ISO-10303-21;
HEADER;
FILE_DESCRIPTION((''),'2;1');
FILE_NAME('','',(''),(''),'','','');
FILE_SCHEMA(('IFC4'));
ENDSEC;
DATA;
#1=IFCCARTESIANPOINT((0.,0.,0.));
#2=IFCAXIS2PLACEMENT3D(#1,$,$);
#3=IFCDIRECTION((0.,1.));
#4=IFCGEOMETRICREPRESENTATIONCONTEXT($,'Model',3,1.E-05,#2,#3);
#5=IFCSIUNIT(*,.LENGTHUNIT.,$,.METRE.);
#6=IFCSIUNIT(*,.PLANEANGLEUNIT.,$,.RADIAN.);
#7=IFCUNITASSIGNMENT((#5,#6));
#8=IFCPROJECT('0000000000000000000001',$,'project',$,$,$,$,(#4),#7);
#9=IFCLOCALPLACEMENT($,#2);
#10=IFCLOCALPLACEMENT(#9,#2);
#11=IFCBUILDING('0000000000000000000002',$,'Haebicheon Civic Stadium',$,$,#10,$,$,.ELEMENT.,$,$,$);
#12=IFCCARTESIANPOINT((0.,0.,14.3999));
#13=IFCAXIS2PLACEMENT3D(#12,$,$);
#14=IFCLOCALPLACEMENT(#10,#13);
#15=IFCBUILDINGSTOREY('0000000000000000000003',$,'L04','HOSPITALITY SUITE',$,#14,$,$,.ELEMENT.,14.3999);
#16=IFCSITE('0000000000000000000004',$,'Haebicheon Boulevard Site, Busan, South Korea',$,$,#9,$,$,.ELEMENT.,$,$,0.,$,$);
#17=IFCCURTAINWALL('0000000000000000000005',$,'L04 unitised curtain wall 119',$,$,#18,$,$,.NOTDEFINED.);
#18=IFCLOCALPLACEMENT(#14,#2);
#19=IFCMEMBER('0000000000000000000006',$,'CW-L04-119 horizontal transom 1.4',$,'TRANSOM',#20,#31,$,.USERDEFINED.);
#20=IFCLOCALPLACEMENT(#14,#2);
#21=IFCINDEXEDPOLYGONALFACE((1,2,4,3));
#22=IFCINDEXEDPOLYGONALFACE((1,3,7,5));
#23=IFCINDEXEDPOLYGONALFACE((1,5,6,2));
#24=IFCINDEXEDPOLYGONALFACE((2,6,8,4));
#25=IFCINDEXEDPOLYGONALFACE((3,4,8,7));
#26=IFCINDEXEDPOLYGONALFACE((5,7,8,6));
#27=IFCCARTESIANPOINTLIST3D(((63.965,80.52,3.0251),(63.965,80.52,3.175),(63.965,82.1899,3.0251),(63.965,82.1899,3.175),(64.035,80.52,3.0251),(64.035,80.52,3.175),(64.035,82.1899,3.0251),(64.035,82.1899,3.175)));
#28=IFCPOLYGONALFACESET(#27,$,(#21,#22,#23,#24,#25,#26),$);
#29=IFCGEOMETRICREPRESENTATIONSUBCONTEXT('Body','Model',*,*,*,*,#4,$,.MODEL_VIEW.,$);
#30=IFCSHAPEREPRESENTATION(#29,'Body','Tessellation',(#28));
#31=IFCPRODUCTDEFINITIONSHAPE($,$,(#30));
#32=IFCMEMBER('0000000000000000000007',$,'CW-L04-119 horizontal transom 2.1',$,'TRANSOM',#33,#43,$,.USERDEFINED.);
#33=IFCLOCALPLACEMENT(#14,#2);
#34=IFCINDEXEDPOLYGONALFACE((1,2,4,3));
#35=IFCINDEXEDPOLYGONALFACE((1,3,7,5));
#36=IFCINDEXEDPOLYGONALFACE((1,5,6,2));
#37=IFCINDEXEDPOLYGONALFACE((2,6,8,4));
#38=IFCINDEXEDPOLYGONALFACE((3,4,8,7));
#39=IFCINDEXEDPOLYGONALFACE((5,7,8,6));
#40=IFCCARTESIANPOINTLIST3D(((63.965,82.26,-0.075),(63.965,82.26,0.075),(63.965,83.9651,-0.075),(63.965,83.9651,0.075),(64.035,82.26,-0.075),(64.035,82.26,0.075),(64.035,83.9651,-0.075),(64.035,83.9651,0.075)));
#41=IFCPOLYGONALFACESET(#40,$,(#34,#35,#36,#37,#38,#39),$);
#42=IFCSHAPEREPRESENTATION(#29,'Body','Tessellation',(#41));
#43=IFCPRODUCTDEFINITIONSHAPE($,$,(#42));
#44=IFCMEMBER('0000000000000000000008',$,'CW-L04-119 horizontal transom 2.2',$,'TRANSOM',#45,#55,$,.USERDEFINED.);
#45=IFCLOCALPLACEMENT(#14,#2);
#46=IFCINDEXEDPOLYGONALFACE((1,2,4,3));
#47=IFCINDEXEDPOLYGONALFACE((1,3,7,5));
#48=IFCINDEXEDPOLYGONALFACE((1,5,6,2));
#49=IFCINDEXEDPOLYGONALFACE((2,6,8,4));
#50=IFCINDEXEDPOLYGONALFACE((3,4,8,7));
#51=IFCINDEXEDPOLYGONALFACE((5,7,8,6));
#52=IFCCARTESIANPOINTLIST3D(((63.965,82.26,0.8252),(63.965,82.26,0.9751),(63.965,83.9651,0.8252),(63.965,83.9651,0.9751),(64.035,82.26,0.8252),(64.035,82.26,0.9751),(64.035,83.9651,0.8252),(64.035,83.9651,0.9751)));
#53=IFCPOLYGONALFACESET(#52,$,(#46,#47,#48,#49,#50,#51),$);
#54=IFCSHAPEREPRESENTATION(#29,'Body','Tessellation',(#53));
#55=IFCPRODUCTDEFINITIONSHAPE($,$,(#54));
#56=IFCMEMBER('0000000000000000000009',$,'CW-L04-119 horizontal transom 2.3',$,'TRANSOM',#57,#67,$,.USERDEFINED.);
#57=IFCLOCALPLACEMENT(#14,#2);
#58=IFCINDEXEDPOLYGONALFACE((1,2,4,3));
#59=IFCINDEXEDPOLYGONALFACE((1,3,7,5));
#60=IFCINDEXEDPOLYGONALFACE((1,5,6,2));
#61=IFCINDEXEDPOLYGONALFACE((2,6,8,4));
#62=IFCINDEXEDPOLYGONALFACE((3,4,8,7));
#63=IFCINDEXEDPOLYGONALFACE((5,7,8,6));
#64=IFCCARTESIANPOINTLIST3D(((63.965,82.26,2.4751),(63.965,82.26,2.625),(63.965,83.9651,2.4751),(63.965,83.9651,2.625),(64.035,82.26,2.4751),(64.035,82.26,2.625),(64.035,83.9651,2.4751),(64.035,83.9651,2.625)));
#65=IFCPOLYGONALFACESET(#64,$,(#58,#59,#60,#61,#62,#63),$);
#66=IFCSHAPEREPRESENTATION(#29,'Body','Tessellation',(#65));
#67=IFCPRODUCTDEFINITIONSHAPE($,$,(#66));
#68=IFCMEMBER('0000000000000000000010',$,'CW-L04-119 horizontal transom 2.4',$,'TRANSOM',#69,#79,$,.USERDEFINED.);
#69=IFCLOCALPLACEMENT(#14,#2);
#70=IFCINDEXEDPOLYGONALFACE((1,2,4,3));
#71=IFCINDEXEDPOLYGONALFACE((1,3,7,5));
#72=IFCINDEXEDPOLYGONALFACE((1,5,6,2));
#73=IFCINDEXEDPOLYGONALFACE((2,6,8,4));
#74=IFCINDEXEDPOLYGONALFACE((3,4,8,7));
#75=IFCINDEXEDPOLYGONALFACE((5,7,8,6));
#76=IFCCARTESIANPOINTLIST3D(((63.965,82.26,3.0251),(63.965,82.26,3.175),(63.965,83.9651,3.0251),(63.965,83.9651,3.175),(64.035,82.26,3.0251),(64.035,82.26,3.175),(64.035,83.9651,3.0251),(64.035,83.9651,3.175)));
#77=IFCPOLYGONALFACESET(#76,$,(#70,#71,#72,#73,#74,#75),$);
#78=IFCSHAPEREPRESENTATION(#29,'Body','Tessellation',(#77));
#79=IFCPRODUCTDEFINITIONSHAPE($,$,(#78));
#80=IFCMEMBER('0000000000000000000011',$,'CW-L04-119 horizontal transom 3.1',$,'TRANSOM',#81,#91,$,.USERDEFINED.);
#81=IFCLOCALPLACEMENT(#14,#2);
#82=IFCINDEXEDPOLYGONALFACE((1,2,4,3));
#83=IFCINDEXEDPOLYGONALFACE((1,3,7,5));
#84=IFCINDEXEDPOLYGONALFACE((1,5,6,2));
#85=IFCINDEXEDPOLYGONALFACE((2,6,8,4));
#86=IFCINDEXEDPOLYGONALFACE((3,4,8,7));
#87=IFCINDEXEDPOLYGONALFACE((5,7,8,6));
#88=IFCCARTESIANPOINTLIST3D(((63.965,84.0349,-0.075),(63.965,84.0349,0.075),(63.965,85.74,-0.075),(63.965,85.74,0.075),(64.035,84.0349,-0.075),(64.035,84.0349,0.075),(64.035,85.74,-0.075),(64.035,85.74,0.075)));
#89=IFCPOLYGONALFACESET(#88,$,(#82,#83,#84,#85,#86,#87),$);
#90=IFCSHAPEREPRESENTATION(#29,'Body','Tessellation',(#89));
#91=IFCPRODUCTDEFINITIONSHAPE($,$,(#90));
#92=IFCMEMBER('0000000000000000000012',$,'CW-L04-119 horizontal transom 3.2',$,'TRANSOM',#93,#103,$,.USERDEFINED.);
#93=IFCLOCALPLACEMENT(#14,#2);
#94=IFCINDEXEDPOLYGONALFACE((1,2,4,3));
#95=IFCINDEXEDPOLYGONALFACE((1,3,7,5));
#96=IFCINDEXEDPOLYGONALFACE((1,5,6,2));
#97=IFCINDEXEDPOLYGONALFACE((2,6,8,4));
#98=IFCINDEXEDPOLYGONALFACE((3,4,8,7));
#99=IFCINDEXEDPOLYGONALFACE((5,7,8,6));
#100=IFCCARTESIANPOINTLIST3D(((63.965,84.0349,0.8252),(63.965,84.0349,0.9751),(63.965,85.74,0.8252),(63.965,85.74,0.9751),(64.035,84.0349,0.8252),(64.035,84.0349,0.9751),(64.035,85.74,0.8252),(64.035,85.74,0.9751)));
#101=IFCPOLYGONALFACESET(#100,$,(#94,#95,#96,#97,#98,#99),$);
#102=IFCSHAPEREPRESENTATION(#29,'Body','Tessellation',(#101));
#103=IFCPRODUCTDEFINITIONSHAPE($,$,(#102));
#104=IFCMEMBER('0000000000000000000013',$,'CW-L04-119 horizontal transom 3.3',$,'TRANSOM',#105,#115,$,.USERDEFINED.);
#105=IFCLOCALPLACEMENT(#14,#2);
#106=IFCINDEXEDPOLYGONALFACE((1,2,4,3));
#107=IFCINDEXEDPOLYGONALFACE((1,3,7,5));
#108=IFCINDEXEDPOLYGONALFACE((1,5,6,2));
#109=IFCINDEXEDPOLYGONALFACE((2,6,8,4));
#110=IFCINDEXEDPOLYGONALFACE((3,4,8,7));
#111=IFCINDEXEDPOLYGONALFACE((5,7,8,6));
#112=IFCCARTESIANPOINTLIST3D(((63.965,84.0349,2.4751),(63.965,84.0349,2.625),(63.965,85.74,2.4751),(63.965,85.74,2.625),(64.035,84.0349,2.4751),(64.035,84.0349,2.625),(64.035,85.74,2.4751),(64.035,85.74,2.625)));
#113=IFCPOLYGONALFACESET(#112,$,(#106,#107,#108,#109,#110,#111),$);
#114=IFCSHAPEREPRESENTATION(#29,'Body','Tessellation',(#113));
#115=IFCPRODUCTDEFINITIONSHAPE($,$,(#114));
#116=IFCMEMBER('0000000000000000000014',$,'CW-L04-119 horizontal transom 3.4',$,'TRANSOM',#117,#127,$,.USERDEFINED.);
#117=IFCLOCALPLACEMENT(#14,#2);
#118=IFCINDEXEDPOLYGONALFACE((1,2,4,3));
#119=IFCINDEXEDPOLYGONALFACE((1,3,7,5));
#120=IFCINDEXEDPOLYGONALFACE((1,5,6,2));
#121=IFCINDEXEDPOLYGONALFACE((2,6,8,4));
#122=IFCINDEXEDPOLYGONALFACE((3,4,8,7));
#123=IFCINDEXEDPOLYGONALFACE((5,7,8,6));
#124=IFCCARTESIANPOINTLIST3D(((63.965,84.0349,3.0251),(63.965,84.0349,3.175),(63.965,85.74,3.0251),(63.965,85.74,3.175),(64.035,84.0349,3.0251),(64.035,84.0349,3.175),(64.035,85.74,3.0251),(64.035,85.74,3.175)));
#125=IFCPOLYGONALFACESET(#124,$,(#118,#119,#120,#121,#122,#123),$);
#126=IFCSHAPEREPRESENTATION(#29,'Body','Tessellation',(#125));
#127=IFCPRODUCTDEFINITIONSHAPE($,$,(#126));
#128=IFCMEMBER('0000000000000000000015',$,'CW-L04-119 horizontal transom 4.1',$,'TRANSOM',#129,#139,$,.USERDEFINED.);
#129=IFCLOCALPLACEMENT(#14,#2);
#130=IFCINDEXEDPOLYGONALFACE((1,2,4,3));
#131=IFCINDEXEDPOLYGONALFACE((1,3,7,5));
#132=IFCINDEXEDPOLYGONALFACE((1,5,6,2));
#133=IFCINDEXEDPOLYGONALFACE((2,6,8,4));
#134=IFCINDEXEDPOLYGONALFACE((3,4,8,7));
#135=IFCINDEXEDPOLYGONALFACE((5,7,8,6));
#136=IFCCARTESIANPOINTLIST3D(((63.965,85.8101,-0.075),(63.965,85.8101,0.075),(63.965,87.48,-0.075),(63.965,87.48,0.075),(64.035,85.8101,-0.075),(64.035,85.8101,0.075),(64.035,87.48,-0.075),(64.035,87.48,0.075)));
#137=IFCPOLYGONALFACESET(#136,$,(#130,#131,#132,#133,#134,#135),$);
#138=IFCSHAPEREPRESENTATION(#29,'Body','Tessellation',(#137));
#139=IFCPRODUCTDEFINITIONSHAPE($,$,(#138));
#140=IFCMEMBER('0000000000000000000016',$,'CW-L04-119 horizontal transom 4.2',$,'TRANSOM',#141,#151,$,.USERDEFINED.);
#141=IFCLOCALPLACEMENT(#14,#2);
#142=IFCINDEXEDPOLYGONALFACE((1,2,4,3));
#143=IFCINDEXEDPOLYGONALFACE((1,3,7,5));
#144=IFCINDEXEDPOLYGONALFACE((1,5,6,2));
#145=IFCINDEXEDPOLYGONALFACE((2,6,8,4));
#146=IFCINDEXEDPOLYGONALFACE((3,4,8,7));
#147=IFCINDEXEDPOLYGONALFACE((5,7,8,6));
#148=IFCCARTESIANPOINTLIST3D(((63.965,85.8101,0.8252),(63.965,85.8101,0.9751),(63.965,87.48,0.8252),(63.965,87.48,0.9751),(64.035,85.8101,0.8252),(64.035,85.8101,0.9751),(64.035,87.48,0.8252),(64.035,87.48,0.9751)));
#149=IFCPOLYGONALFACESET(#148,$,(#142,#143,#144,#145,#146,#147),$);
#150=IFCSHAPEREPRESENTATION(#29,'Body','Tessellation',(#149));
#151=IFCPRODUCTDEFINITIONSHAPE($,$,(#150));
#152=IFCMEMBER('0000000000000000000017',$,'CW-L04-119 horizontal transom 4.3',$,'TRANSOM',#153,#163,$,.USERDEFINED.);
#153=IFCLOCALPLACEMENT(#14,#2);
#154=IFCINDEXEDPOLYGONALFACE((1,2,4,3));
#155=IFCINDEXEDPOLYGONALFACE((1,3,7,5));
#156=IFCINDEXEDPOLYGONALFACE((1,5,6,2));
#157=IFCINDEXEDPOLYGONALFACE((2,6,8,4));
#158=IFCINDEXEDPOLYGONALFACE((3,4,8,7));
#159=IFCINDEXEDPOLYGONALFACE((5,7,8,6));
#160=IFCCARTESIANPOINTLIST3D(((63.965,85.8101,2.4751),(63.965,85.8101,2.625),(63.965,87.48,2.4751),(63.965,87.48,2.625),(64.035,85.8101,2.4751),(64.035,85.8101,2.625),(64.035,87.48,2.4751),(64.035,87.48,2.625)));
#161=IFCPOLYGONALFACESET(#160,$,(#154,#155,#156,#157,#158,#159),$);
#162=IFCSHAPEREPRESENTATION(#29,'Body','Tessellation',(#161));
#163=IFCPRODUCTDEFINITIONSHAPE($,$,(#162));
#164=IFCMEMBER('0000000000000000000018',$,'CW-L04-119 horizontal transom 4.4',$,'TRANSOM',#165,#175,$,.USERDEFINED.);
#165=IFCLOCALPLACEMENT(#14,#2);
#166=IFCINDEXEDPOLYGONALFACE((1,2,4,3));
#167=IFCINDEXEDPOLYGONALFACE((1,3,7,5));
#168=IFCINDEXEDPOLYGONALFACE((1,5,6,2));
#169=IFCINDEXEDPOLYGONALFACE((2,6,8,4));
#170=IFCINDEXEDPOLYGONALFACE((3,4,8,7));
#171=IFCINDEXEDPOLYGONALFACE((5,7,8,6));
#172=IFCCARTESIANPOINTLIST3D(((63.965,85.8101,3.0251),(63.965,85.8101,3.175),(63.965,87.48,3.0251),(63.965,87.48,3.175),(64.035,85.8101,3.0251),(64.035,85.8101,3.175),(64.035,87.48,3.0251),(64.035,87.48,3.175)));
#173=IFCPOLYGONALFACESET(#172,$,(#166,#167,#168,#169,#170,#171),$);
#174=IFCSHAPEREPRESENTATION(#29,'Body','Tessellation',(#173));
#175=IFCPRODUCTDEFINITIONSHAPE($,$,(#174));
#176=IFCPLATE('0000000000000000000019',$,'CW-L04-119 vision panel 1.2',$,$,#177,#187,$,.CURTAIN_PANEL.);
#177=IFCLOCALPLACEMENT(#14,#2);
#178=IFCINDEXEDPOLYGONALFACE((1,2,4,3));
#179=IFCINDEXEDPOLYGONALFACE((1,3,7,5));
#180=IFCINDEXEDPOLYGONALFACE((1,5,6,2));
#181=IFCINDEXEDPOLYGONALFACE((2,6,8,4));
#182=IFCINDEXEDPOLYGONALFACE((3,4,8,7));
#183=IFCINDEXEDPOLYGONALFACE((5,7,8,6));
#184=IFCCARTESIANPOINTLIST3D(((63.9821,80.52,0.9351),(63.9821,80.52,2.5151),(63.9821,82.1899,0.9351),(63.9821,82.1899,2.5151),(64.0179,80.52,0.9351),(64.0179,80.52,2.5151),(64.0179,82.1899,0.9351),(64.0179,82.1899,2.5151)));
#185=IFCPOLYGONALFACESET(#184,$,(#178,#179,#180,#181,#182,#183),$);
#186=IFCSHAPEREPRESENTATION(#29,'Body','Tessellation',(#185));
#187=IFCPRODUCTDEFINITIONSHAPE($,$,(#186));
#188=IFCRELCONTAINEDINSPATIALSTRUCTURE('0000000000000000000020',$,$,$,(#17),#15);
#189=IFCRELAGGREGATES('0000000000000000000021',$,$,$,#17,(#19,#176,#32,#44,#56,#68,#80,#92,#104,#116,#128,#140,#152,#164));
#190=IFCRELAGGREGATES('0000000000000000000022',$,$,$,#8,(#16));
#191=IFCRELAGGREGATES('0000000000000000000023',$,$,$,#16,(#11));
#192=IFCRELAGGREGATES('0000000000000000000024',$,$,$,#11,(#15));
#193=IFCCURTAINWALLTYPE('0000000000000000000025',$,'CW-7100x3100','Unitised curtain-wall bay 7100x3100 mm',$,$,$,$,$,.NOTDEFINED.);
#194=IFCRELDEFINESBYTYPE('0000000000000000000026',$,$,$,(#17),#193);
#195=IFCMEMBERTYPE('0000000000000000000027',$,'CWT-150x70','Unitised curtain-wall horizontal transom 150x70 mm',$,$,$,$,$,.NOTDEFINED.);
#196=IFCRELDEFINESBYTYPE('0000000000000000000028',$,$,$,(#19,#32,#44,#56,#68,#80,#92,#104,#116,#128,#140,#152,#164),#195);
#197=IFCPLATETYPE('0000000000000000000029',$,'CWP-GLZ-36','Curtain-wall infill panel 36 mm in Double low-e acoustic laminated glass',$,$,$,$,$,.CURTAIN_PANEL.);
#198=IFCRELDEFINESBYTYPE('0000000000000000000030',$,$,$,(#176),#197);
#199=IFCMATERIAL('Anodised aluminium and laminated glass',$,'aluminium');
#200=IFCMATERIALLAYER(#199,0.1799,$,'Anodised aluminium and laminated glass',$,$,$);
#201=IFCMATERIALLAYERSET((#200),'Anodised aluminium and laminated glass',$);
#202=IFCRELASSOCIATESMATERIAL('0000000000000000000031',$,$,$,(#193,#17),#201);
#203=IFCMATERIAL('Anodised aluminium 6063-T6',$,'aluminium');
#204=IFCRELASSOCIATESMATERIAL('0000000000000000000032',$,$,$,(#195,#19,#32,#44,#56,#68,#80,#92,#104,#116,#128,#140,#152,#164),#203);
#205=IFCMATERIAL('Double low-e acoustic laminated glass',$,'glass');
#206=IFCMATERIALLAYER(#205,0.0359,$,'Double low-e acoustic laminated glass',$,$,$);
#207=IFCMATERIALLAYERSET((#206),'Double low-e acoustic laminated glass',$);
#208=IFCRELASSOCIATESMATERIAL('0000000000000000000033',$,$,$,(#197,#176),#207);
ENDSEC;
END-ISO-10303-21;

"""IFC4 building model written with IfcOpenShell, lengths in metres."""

from ifc_helpers import new_model, si_unit, direction, frame, origin, origin_2d, place, context, subcontext, project, spatial, rectangle, extrude, material, layer, layer_set, material_profile, profile_set, type_object, element, aggregate, save


model = new_model("IFC4")

# Units and contexts
model_context = context("Model", 3, precision=1e-05, world=origin(), true_north=direction((0.0, 1.0)))
body_context = subcontext(model_context, "Body", "Model", "MODEL_VIEW")
ifc_project = project(units=[si_unit("LENGTHUNIT", "METRE"), si_unit("PLANEANGLEUNIT", "RADIAN")], contexts=[model_context])

# Site, building, storey
site_placement = place(None, origin())
site = spatial("IfcSite", under=ifc_project, at=site_placement, Name="Haebicheon Boulevard Site, Busan, South Korea", CompositionType="ELEMENT", RefElevation=0.0)
building_placement = place(site_placement, origin())
building = spatial("IfcBuilding", under=site, at=building_placement, Name="Haebicheon Civic Stadium", CompositionType="ELEMENT")
storey_placement = place(building_placement, frame((0.0, 0.0, 14.3999)))
storey = spatial("IfcBuildingStorey", under=building, at=storey_placement, Name="L04", Description="HOSPITALITY SUITE", CompositionType="ELEMENT", Elevation=14.3999)

# Curtain wall, members, plate
ifc_material_1 = material(Name="Anodised aluminium and laminated glass", Category="aluminium")
ifc_layer_1 = layer(ifc_material_1, 0.1799, Name="Anodised aluminium and laminated glass")
ifc_layer_set_1 = layer_set([ifc_layer_1], Name="Anodised aluminium and laminated glass")
curtain_wall_type = type_object("IfcCurtainWallType", Name="CW-7100x3100", Description="Unitised curtain-wall bay 7100x3100 mm", PredefinedType="NOTDEFINED", material=ifc_layer_set_1)
curtain_wall_placement = place(storey_placement, origin())
curtain_wall = element("IfcCurtainWall", 1, at=curtain_wall_placement, inside=storey, type_object=curtain_wall_type, material=ifc_layer_set_1, Name="L04 unitised curtain wall 119", PredefinedType="NOTDEFINED")
ifc_material_2 = material(Name="Anodised aluminium 6063-T6", Category="aluminium")
ifc_material_profile_1 = material_profile(ifc_material_2, rectangle(XDim=0.0701, YDim=0.1499, at=origin_2d()), Name="ALU-TRAN-70x150")
ifc_profile_set_1 = profile_set([ifc_material_profile_1], Name="Anodised aluminium 6063-T6")
member_type_1 = type_object("IfcMemberType", Name="CWT-150x70", Description="Unitised curtain-wall horizontal transom 150x70 mm", PredefinedType="NOTDEFINED", material=ifc_profile_set_1)
member_1_placement = place(storey_placement, frame((64.0, 80.52, 3.1001), z_axis=(0.0, 1.0, 0.0), x_axis=(-1.0, 0.0, 0.0)))
member_1 = element("IfcMember", 2, at=member_1_placement, type_object=member_type_1, material=ifc_profile_set_1, Name="CW-L04-119 horizontal transom 1.4", ObjectType="TRANSOM", PredefinedType="USERDEFINED", context=body_context, shape_type="SweptSolid", body=[
    extrude(rectangle(XDim=0.0701, YDim=0.1499, at=origin_2d()), origin(), (0.0, 0.0, 1.0), 1.6699),
])
member_2_placement = place(storey_placement, frame((64.0, 82.26, 0.0), z_axis=(0.0, 1.0, 0.0), x_axis=(-1.0, 0.0, 0.0)))
member_2 = element("IfcMember", 3, at=member_2_placement, type_object=member_type_1, material=ifc_profile_set_1, Name="CW-L04-119 horizontal transom 2.1", ObjectType="TRANSOM", PredefinedType="USERDEFINED", context=body_context, shape_type="SweptSolid", body=[
    extrude(rectangle(XDim=0.0701, YDim=0.1499, at=origin_2d()), origin(), (0.0, 0.0, 1.0), 1.7051),
])
member_3_placement = place(storey_placement, frame((64.0, 82.26, 0.9001), z_axis=(0.0, 1.0, 0.0), x_axis=(-1.0, 0.0, 0.0)))
member_3 = element("IfcMember", 4, at=member_3_placement, type_object=member_type_1, material=ifc_profile_set_1, Name="CW-L04-119 horizontal transom 2.2", ObjectType="TRANSOM", PredefinedType="USERDEFINED", context=body_context, shape_type="SweptSolid", body=[
    extrude(rectangle(XDim=0.0701, YDim=0.1499, at=origin_2d()), origin(), (0.0, 0.0, 1.0), 1.7051),
])
member_4_placement = place(storey_placement, frame((64.0, 82.26, 2.55), z_axis=(0.0, 1.0, 0.0), x_axis=(-1.0, 0.0, 0.0)))
member_4 = element("IfcMember", 5, at=member_4_placement, type_object=member_type_1, material=ifc_profile_set_1, Name="CW-L04-119 horizontal transom 2.3", ObjectType="TRANSOM", PredefinedType="USERDEFINED", context=body_context, shape_type="SweptSolid", body=[
    extrude(rectangle(XDim=0.0701, YDim=0.1499, at=origin_2d()), origin(), (0.0, 0.0, 1.0), 1.7051),
])
member_5_placement = place(storey_placement, frame((64.0, 82.26, 3.1001), z_axis=(0.0, 1.0, 0.0), x_axis=(-1.0, 0.0, 0.0)))
member_5 = element("IfcMember", 6, at=member_5_placement, type_object=member_type_1, material=ifc_profile_set_1, Name="CW-L04-119 horizontal transom 2.4", ObjectType="TRANSOM", PredefinedType="USERDEFINED", context=body_context, shape_type="SweptSolid", body=[
    extrude(rectangle(XDim=0.0701, YDim=0.1499, at=origin_2d()), origin(), (0.0, 0.0, 1.0), 1.7051),
])
member_6_placement = place(storey_placement, frame((64.0, 84.0349, 0.0), z_axis=(0.0, 1.0, 0.0), x_axis=(-1.0, 0.0, 0.0)))
member_6 = element("IfcMember", 7, at=member_6_placement, type_object=member_type_1, material=ifc_profile_set_1, Name="CW-L04-119 horizontal transom 3.1", ObjectType="TRANSOM", PredefinedType="USERDEFINED", context=body_context, shape_type="SweptSolid", body=[
    extrude(rectangle(XDim=0.0701, YDim=0.1499, at=origin_2d()), origin(), (0.0, 0.0, 1.0), 1.7051),
])
member_7_placement = place(storey_placement, frame((64.0, 84.0349, 0.9001), z_axis=(0.0, 1.0, 0.0), x_axis=(-1.0, 0.0, 0.0)))
member_7 = element("IfcMember", 8, at=member_7_placement, type_object=member_type_1, material=ifc_profile_set_1, Name="CW-L04-119 horizontal transom 3.2", ObjectType="TRANSOM", PredefinedType="USERDEFINED", context=body_context, shape_type="SweptSolid", body=[
    extrude(rectangle(XDim=0.0701, YDim=0.1499, at=origin_2d()), origin(), (0.0, 0.0, 1.0), 1.7051),
])
member_8_placement = place(storey_placement, frame((64.0, 84.0349, 2.55), z_axis=(0.0, 1.0, 0.0), x_axis=(-1.0, 0.0, 0.0)))
member_8 = element("IfcMember", 9, at=member_8_placement, type_object=member_type_1, material=ifc_profile_set_1, Name="CW-L04-119 horizontal transom 3.3", ObjectType="TRANSOM", PredefinedType="USERDEFINED", context=body_context, shape_type="SweptSolid", body=[
    extrude(rectangle(XDim=0.0701, YDim=0.1499, at=origin_2d()), origin(), (0.0, 0.0, 1.0), 1.7051),
])
member_9_placement = place(storey_placement, frame((64.0, 84.0349, 3.1001), z_axis=(0.0, 1.0, 0.0), x_axis=(-1.0, 0.0, 0.0)))
member_9 = element("IfcMember", 10, at=member_9_placement, type_object=member_type_1, material=ifc_profile_set_1, Name="CW-L04-119 horizontal transom 3.4", ObjectType="TRANSOM", PredefinedType="USERDEFINED", context=body_context, shape_type="SweptSolid", body=[
    extrude(rectangle(XDim=0.0701, YDim=0.1499, at=origin_2d()), origin(), (0.0, 0.0, 1.0), 1.7051),
])
member_10_placement = place(storey_placement, frame((64.0, 85.8101, 0.0), z_axis=(0.0, 1.0, 0.0), x_axis=(-1.0, 0.0, 0.0)))
member_10 = element("IfcMember", 11, at=member_10_placement, type_object=member_type_1, material=ifc_profile_set_1, Name="CW-L04-119 horizontal transom 4.1", ObjectType="TRANSOM", PredefinedType="USERDEFINED", context=body_context, shape_type="SweptSolid", body=[
    extrude(rectangle(XDim=0.0701, YDim=0.1499, at=origin_2d()), origin(), (0.0, 0.0, 1.0), 1.6699),
])
member_11_placement = place(storey_placement, frame((64.0, 85.8101, 0.9001), z_axis=(0.0, 1.0, 0.0), x_axis=(-1.0, 0.0, 0.0)))
member_11 = element("IfcMember", 12, at=member_11_placement, type_object=member_type_1, material=ifc_profile_set_1, Name="CW-L04-119 horizontal transom 4.2", ObjectType="TRANSOM", PredefinedType="USERDEFINED", context=body_context, shape_type="SweptSolid", body=[
    extrude(rectangle(XDim=0.0701, YDim=0.1499, at=origin_2d()), origin(), (0.0, 0.0, 1.0), 1.6699),
])
member_12_placement = place(storey_placement, frame((64.0, 85.8101, 2.55), z_axis=(0.0, 1.0, 0.0), x_axis=(-1.0, 0.0, 0.0)))
member_12 = element("IfcMember", 13, at=member_12_placement, type_object=member_type_1, material=ifc_profile_set_1, Name="CW-L04-119 horizontal transom 4.3", ObjectType="TRANSOM", PredefinedType="USERDEFINED", context=body_context, shape_type="SweptSolid", body=[
    extrude(rectangle(XDim=0.0701, YDim=0.1499, at=origin_2d()), origin(), (0.0, 0.0, 1.0), 1.6699),
])
member_13_placement = place(storey_placement, frame((64.0, 85.8101, 3.1001), z_axis=(0.0, 1.0, 0.0), x_axis=(-1.0, 0.0, 0.0)))
member_13 = element("IfcMember", 14, at=member_13_placement, type_object=member_type_1, material=ifc_profile_set_1, Name="CW-L04-119 horizontal transom 4.4", ObjectType="TRANSOM", PredefinedType="USERDEFINED", context=body_context, shape_type="SweptSolid", body=[
    extrude(rectangle(XDim=0.0701, YDim=0.1499, at=origin_2d()), origin(), (0.0, 0.0, 1.0), 1.6699),
])
ifc_material_3 = material(Name="Double low-e acoustic laminated glass", Category="glass")
ifc_layer_2 = layer(ifc_material_3, 0.0359, Name="Double low-e acoustic laminated glass")
ifc_layer_set_2 = layer_set([ifc_layer_2], Name="Double low-e acoustic laminated glass")
plate_type_1 = type_object("IfcPlateType", Name="CWP-GLZ-36", Description="Curtain-wall infill panel 36 mm in Double low-e acoustic laminated glass", PredefinedType="CURTAIN_PANEL", material=ifc_layer_set_2)
plate_1_placement = place(storey_placement, frame((64.0, 81.355, 0.9351), z_axis=(0.0, 0.0, 1.0), x_axis=(0.0, 1.0, 0.0)))
plate_1 = element("IfcPlate", 15, at=plate_1_placement, type_object=plate_type_1, material=ifc_layer_set_2, Name="CW-L04-119 vision panel 1.2", PredefinedType="CURTAIN_PANEL", context=body_context, shape_type="SweptSolid", body=[
    extrude(rectangle(XDim=1.6699, YDim=0.0359, at=origin_2d()), origin(), (0.0, 0.0, 1.0), 1.5801),
])
aggregate(curtain_wall, [member_1, plate_1, member_2, member_3, member_4, member_5, member_6, member_7, member_8, member_9, member_10, member_11, member_12, member_13])

save(model, "model.ifc")
